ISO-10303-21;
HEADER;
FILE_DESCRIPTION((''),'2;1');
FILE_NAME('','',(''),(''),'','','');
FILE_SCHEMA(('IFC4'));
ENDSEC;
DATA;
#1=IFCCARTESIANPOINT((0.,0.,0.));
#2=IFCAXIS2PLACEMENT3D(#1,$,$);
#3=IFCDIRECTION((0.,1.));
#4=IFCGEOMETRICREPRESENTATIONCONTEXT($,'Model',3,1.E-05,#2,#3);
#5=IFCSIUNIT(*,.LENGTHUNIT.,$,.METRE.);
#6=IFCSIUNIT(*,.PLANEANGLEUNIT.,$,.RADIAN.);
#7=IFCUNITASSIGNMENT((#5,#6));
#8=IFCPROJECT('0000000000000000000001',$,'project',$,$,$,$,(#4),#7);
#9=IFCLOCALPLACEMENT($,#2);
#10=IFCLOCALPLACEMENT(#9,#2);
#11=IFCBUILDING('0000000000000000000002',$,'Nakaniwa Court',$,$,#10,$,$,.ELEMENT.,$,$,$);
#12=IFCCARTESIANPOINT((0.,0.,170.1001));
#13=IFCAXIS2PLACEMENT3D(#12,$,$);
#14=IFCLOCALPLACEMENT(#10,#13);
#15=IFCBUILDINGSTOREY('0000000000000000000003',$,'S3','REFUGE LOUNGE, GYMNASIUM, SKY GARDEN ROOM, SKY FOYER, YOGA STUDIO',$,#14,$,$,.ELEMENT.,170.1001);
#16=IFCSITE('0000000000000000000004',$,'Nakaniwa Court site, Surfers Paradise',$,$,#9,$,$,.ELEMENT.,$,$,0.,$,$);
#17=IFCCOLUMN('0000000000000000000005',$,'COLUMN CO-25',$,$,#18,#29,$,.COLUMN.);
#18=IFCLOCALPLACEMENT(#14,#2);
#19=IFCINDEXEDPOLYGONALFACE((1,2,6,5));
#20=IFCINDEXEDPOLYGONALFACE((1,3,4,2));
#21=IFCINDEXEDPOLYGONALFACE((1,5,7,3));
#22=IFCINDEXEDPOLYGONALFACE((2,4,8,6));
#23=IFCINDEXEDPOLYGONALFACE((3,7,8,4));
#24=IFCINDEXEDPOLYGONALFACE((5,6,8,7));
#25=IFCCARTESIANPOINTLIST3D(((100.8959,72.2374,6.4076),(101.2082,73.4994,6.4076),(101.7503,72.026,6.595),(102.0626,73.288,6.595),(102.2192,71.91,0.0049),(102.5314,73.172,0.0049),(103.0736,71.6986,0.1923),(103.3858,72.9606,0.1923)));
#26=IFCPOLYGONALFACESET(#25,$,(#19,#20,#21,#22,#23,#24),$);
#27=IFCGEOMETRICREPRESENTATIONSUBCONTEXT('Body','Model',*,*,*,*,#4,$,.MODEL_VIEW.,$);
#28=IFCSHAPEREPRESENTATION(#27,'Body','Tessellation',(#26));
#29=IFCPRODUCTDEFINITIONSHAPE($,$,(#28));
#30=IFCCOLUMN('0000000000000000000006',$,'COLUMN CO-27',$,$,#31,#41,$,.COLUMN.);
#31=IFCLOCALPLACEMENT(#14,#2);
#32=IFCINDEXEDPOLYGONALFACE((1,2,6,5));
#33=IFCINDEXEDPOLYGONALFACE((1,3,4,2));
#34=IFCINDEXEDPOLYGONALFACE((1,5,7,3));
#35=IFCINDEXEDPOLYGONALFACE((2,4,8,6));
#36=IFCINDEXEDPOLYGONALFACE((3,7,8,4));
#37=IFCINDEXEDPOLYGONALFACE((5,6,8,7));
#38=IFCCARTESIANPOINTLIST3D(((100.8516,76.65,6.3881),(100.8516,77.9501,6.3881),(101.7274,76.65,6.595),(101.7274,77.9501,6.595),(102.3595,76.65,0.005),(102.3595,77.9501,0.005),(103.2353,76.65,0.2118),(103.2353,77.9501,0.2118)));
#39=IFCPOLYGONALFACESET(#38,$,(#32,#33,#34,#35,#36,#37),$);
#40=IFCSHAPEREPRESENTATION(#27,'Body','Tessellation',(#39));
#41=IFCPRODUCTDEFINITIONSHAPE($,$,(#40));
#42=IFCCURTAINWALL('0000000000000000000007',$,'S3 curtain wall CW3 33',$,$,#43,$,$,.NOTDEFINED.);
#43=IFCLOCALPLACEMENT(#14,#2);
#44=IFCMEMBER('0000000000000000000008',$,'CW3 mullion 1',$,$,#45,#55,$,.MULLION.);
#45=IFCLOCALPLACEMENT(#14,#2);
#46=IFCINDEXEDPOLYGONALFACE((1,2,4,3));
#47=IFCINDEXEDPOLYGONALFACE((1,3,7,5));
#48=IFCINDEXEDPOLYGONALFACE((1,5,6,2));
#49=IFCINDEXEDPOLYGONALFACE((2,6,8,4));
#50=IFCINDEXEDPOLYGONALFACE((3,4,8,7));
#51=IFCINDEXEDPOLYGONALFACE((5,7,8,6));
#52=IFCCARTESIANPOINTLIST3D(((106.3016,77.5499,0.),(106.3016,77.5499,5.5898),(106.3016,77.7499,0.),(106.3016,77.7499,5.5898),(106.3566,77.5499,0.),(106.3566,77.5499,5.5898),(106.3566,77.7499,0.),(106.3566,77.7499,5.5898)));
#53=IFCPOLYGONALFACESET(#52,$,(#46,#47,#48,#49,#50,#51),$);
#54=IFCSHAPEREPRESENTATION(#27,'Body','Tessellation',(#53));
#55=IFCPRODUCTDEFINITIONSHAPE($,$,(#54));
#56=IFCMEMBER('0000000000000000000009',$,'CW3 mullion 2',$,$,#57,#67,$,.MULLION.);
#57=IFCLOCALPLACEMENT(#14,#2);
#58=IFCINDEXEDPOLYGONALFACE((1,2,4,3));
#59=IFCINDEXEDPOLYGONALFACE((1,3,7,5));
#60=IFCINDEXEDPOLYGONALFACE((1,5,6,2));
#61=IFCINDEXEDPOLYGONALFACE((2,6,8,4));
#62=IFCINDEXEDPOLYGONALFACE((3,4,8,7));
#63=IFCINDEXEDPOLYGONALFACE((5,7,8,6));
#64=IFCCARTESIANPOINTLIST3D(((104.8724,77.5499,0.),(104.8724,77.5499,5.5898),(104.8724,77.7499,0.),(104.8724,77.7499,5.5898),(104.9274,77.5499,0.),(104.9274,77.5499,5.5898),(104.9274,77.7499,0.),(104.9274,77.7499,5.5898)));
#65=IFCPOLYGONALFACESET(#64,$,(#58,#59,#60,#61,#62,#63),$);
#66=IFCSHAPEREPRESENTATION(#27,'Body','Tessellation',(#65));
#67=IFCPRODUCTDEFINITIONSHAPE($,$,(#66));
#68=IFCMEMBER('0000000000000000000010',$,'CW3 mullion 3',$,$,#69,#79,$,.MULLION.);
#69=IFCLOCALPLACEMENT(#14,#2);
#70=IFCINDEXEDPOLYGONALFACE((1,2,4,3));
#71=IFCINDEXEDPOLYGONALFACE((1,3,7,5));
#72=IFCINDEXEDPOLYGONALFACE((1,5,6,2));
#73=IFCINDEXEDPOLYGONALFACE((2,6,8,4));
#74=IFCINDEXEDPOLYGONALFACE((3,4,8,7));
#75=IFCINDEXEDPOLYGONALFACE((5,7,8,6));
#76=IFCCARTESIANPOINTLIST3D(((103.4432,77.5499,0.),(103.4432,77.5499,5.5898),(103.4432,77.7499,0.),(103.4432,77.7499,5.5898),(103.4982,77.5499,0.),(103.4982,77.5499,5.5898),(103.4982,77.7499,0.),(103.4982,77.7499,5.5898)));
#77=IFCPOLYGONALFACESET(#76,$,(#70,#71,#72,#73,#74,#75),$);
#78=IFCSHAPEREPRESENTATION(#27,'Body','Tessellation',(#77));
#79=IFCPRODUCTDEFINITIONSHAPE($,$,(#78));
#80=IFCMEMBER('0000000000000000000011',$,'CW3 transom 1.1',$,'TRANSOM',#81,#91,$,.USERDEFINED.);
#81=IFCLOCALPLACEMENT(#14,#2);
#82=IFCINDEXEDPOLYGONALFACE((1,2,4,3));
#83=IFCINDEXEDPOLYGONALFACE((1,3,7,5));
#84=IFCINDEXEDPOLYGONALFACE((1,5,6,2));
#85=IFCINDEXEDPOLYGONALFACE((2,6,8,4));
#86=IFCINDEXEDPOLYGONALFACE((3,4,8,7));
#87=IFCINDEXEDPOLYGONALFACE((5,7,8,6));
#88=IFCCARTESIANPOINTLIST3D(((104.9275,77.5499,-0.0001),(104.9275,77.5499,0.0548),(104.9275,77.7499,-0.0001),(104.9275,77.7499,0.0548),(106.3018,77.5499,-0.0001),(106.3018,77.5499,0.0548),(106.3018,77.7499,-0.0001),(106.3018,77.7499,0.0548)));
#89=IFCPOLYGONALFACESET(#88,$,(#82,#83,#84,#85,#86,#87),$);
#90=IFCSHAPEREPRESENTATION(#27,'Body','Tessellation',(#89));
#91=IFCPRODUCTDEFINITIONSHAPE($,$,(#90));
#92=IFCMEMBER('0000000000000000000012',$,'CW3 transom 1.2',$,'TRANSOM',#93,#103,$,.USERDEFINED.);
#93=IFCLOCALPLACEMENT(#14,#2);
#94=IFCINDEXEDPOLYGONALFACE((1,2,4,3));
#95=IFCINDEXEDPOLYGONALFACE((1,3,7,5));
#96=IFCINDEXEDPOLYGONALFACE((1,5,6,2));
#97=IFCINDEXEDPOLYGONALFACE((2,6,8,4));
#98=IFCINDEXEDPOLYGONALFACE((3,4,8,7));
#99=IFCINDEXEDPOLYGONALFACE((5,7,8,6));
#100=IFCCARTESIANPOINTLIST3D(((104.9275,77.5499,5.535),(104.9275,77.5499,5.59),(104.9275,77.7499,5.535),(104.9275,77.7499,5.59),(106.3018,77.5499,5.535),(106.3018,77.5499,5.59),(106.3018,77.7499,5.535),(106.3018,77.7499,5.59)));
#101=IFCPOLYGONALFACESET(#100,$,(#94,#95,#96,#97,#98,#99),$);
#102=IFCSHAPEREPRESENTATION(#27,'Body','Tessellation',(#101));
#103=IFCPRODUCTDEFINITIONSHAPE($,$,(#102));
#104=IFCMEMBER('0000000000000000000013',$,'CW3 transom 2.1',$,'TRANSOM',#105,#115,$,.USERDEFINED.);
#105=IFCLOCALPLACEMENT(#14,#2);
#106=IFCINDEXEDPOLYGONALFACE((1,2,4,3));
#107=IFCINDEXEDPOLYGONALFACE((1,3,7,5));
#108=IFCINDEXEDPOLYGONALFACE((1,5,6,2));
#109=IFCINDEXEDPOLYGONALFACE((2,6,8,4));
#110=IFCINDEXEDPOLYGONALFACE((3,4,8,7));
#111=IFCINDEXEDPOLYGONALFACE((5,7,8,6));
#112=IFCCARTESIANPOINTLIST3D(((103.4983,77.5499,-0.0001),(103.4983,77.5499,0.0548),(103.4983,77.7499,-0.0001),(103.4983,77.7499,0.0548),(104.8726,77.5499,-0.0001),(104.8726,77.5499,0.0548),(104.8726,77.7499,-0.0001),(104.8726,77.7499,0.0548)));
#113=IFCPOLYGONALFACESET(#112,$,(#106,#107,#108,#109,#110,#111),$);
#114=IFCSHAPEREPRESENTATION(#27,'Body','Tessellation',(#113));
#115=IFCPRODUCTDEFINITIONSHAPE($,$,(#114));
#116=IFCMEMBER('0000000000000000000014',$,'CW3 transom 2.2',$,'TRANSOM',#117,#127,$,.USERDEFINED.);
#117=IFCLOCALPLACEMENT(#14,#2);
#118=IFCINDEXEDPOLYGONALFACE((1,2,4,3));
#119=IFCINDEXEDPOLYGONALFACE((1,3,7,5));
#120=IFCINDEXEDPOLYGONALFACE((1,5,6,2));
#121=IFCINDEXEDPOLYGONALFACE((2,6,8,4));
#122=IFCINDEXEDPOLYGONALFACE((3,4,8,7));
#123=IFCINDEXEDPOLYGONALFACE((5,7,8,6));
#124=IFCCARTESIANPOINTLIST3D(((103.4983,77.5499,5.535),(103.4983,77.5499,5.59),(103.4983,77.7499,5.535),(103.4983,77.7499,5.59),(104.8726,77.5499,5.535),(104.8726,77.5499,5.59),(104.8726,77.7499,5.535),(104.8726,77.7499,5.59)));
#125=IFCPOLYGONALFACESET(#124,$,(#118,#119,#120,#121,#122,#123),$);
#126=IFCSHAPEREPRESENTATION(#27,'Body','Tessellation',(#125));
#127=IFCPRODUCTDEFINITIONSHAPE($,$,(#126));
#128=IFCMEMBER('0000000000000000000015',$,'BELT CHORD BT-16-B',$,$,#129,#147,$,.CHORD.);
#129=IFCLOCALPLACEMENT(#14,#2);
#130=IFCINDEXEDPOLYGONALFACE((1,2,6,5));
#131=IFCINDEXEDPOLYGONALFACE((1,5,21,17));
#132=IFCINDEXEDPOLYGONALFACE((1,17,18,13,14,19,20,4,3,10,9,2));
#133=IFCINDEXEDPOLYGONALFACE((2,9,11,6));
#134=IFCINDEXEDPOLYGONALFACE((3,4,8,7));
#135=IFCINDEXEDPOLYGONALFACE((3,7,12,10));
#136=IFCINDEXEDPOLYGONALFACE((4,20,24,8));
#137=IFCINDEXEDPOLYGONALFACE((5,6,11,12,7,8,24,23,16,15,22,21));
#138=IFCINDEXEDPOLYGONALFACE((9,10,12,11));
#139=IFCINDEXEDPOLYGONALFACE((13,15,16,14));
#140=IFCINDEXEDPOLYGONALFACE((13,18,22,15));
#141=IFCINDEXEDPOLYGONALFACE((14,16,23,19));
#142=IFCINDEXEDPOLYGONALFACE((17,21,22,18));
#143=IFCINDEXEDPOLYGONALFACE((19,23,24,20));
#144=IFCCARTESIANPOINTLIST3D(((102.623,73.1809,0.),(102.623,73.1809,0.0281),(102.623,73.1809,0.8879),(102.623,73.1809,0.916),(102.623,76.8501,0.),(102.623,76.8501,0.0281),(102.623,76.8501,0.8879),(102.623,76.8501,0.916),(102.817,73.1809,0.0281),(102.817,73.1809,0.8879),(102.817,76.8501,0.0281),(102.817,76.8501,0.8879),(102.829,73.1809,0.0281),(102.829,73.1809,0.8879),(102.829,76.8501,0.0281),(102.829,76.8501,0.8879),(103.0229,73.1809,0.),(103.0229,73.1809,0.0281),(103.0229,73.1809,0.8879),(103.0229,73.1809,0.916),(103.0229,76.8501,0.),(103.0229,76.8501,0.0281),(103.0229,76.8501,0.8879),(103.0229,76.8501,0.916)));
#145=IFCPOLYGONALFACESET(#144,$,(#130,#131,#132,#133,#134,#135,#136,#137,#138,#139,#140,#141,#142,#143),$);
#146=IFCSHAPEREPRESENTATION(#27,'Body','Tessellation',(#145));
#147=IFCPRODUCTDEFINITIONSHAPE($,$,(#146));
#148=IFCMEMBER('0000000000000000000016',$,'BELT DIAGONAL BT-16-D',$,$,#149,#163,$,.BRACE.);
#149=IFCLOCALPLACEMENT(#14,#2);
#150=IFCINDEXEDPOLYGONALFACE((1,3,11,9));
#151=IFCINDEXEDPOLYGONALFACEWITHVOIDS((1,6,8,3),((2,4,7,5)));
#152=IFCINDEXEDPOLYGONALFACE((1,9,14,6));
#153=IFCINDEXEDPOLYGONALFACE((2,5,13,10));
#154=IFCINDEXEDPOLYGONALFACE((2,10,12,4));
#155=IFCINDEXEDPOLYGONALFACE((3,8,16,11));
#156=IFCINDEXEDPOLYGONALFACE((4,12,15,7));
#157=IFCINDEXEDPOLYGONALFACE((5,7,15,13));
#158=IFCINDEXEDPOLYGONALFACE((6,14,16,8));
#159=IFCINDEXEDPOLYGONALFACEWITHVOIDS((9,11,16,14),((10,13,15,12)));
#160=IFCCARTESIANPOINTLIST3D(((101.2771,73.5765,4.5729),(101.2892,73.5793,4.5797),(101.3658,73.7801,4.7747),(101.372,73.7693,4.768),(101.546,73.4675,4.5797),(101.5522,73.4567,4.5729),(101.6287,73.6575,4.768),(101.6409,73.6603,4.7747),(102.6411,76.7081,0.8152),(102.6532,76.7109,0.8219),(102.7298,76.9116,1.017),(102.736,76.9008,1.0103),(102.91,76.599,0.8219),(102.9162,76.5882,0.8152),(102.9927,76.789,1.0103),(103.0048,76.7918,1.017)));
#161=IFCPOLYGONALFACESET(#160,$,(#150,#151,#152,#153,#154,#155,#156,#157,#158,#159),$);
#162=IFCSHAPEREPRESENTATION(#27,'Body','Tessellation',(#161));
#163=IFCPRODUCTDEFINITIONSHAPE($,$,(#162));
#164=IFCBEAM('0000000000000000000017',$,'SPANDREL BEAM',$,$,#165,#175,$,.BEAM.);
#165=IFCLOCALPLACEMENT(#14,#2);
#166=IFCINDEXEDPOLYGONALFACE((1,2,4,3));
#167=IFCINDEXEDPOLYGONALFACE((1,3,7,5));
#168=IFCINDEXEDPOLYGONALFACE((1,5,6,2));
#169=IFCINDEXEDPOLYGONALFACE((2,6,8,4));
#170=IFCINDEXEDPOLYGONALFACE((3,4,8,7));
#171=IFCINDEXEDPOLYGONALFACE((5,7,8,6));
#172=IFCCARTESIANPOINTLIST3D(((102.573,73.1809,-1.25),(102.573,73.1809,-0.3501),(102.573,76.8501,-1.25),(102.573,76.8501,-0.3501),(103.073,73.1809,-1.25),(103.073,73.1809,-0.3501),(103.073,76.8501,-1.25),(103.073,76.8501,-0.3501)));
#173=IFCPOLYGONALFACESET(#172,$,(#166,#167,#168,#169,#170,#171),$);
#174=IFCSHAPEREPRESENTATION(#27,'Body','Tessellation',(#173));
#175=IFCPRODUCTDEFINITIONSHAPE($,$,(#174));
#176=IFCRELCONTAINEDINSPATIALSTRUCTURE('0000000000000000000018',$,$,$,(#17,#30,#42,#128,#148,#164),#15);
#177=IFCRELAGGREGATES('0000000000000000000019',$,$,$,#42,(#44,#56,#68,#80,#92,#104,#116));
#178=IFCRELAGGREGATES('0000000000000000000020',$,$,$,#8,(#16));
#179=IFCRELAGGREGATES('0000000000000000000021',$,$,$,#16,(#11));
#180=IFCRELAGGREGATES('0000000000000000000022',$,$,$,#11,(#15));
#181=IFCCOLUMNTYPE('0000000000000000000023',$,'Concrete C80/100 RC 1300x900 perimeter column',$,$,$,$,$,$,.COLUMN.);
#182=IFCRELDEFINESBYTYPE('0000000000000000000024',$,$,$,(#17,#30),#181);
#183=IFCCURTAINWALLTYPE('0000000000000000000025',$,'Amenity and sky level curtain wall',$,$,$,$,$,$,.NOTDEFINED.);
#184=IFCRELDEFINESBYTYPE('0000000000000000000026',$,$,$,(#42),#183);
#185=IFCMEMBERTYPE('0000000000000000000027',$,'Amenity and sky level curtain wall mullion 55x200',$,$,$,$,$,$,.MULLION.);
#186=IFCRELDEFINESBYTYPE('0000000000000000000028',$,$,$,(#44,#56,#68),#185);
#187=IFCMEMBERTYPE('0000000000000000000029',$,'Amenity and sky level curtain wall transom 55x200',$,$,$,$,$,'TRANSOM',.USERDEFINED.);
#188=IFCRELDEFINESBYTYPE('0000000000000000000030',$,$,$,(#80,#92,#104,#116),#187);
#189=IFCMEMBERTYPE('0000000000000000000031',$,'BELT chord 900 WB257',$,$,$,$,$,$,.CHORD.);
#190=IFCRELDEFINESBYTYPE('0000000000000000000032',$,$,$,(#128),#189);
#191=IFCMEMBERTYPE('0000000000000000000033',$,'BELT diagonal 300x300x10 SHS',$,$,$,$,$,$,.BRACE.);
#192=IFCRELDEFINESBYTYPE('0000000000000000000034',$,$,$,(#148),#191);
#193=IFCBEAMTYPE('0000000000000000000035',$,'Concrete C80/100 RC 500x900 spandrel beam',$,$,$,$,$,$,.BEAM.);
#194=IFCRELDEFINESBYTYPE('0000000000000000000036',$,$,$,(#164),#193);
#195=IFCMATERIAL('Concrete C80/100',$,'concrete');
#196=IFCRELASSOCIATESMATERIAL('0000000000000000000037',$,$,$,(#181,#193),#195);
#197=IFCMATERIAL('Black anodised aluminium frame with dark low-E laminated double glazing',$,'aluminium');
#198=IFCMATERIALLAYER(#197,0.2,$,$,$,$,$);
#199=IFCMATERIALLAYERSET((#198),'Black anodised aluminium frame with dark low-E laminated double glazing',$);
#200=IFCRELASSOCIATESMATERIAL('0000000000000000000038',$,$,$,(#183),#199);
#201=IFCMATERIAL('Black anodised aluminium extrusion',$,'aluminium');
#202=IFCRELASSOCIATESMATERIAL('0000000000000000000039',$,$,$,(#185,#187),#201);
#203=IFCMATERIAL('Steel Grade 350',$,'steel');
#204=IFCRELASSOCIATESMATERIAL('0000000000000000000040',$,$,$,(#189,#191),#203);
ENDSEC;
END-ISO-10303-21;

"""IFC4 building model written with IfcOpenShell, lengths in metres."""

from ifc_helpers import new_model, si_unit, direction, frame, origin, origin_2d, place, context, subcontext, project, spatial, rectangle, hollow_rectangle, i_section, extrude, material, layer, layer_set, material_profile, profile_set, type_object, element, aggregate, save


model = new_model("IFC4")

# Units and contexts
model_context = context("Model", 3, precision=1e-05, world=origin(), true_north=direction((0.0, 1.0)))
body_context = subcontext(model_context, "Body", "Model", "MODEL_VIEW")
ifc_project = project(units=[si_unit("LENGTHUNIT", "METRE"), si_unit("PLANEANGLEUNIT", "RADIAN")], contexts=[model_context])

# Site, building, storey
site_placement = place(None, origin())
site = spatial("IfcSite", under=ifc_project, at=site_placement, Name="Nakaniwa Court site, Surfers Paradise", CompositionType="ELEMENT", RefElevation=0.0)
building_placement = place(site_placement, origin())
building = spatial("IfcBuilding", under=site, at=building_placement, Name="Nakaniwa Court", CompositionType="ELEMENT")
storey_placement = place(building_placement, frame((0.0, 0.0, 170.1001)))
storey = spatial("IfcBuildingStorey", under=building, at=storey_placement, Name="S3", Description="REFUGE LOUNGE, GYMNASIUM, SKY GARDEN ROOM, SKY FOYER, YOGA STUDIO", CompositionType="ELEMENT", Elevation=170.1001)

# Columns
ifc_material_1 = material(Name="Concrete C80/100", Category="concrete")
ifc_material_profile_1 = material_profile(ifc_material_1, rectangle(XDim=1.3, YDim=0.8999, at=origin_2d()), Name="Concrete C80/100 RC 1300x900 perimeter column")
ifc_profile_set_1 = profile_set([ifc_material_profile_1], Name="Concrete C80/100")
column_type = type_object("IfcColumnType", Name="Concrete C80/100 RC 1300x900 perimeter column", PredefinedType="COLUMN", material=ifc_profile_set_1)
column_1_placement = place(storey_placement, frame((102.8025, 72.4353, 0.0986), z_axis=(-0.202142, 0.050013, 0.978078), x_axis=(-0.240175, -0.97073, 0.0)))
element("IfcColumn", 1, at=column_1_placement, inside=storey, type_object=column_type, Name="COLUMN CO-25", PredefinedType="COLUMN", context=body_context, shape_type="SweptSolid", body=[
    extrude(rectangle(XDim=1.3, YDim=0.8999, at=origin_2d()), origin(), (0.0, 0.0, 1.0), 6.5461),
])
column_2_placement = place(storey_placement, frame((102.7974, 77.3, 0.1084), z_axis=(-0.229894, 0.0, 0.973216), x_axis=(0.0, -1.0, 0.0)))
element("IfcColumn", 2, at=column_2_placement, inside=storey, type_object=column_type, Name="COLUMN CO-27", PredefinedType="COLUMN", context=body_context, shape_type="SweptSolid", body=[
    extrude(rectangle(XDim=1.3, YDim=0.8999, at=origin_2d()), origin(), (0.0, 0.0, 1.0), 6.5588),
])

# Curtain wall, members
ifc_material_2 = material(Name="Black anodised aluminium frame with dark low-E laminated double glazing", Category="aluminium")
ifc_layer_1 = layer(ifc_material_2, 0.2)
ifc_layer_set_1 = layer_set([ifc_layer_1], Name="Black anodised aluminium frame with dark low-E laminated double glazing")
curtain_wall_type = type_object("IfcCurtainWallType", Name="Amenity and sky level curtain wall", PredefinedType="NOTDEFINED", material=ifc_layer_set_1)
curtain_wall_placement = place(storey_placement, origin())
curtain_wall = element("IfcCurtainWall", 3, at=curtain_wall_placement, inside=storey, type_object=curtain_wall_type, Name="S3 curtain wall CW3 33", PredefinedType="NOTDEFINED")
ifc_material_3 = material(Name="Black anodised aluminium extrusion", Category="aluminium")
ifc_material_profile_2 = material_profile(ifc_material_3, rectangle(XDim=0.2, YDim=0.0549, at=origin_2d()), Name="Amenity and sky level curtain wall mullion 55x200")
ifc_profile_set_2 = profile_set([ifc_material_profile_2], Name="Black anodised aluminium extrusion")
member_type_1 = type_object("IfcMemberType", Name="Amenity and sky level curtain wall mullion 55x200", PredefinedType="MULLION", material=ifc_profile_set_2)
member_1_placement = place(storey_placement, frame((106.3291, 77.6499, 0.0), z_axis=(0.0, 0.0, 1.0), x_axis=(0.0, -1.0, 0.0)))
member_1 = element("IfcMember", 4, at=member_1_placement, type_object=member_type_1, Name="CW3 mullion 1", PredefinedType="MULLION", context=body_context, shape_type="SweptSolid", body=[
    extrude(rectangle(XDim=0.2, YDim=0.0549, at=origin_2d()), origin(), (0.0, 0.0, 1.0), 5.5898),
])
member_2_placement = place(storey_placement, frame((104.8999, 77.6499, 0.0), z_axis=(0.0, 0.0, 1.0), x_axis=(0.0, -1.0, 0.0)))
member_2 = element("IfcMember", 5, at=member_2_placement, type_object=member_type_1, Name="CW3 mullion 2", PredefinedType="MULLION", context=body_context, shape_type="SweptSolid", body=[
    extrude(rectangle(XDim=0.2, YDim=0.0549, at=origin_2d()), origin(), (0.0, 0.0, 1.0), 5.5898),
])
member_3_placement = place(storey_placement, frame((103.4707, 77.6499, 0.0), z_axis=(0.0, 0.0, 1.0), x_axis=(0.0, -1.0, 0.0)))
member_3 = element("IfcMember", 6, at=member_3_placement, type_object=member_type_1, Name="CW3 mullion 3", PredefinedType="MULLION", context=body_context, shape_type="SweptSolid", body=[
    extrude(rectangle(XDim=0.2, YDim=0.0549, at=origin_2d()), origin(), (0.0, 0.0, 1.0), 5.5898),
])
ifc_material_profile_3 = material_profile(ifc_material_3, rectangle(XDim=0.2, YDim=0.0549, at=origin_2d()), Name="Amenity and sky level curtain wall transom 55x200")
ifc_profile_set_3 = profile_set([ifc_material_profile_3], Name="Black anodised aluminium extrusion")
member_type_2 = type_object("IfcMemberType", Name="Amenity and sky level curtain wall transom 55x200", ElementType="TRANSOM", PredefinedType="USERDEFINED", material=ifc_profile_set_3)
member_4_placement = place(storey_placement, frame((106.3018, 77.6499, 0.0273), z_axis=(-1.0, 0.0, 0.0), x_axis=(0.0, -1.0, 0.0)))
member_4 = element("IfcMember", 7, at=member_4_placement, type_object=member_type_2, Name="CW3 transom 1.1", ObjectType="TRANSOM", PredefinedType="USERDEFINED", context=body_context, shape_type="SweptSolid", body=[
    extrude(rectangle(XDim=0.2, YDim=0.0549, at=origin_2d()), origin(), (0.0, 0.0, 1.0), 1.3743),
])
member_5_placement = place(storey_placement, frame((106.3018, 77.6499, 5.5625), z_axis=(-1.0, 0.0, 0.0), x_axis=(0.0, -1.0, 0.0)))
member_5 = element("IfcMember", 8, at=member_5_placement, type_object=member_type_2, Name="CW3 transom 1.2", ObjectType="TRANSOM", PredefinedType="USERDEFINED", context=body_context, shape_type="SweptSolid", body=[
    extrude(rectangle(XDim=0.2, YDim=0.0549, at=origin_2d()), origin(), (0.0, 0.0, 1.0), 1.3743),
])
member_6_placement = place(storey_placement, frame((104.8726, 77.6499, 0.0273), z_axis=(-1.0, 0.0, 0.0), x_axis=(0.0, -1.0, 0.0)))
member_6 = element("IfcMember", 9, at=member_6_placement, type_object=member_type_2, Name="CW3 transom 2.1", ObjectType="TRANSOM", PredefinedType="USERDEFINED", context=body_context, shape_type="SweptSolid", body=[
    extrude(rectangle(XDim=0.2, YDim=0.0549, at=origin_2d()), origin(), (0.0, 0.0, 1.0), 1.3743),
])
member_7_placement = place(storey_placement, frame((104.8726, 77.6499, 5.5625), z_axis=(-1.0, 0.0, 0.0), x_axis=(0.0, -1.0, 0.0)))
member_7 = element("IfcMember", 10, at=member_7_placement, type_object=member_type_2, Name="CW3 transom 2.2", ObjectType="TRANSOM", PredefinedType="USERDEFINED", context=body_context, shape_type="SweptSolid", body=[
    extrude(rectangle(XDim=0.2, YDim=0.0549, at=origin_2d()), origin(), (0.0, 0.0, 1.0), 1.3743),
])

# Members
ifc_material_4 = material(Name="Steel Grade 350", Category="steel")
ifc_material_profile_4 = material_profile(ifc_material_4, i_section(OverallWidth=0.3999, OverallDepth=0.916, WebThickness=0.012, FlangeThickness=0.0281, at=origin_2d()), Name="900WB257")
ifc_profile_set_4 = profile_set([ifc_material_profile_4], Name="Steel Grade 350")
member_type_3 = type_object("IfcMemberType", Name="BELT chord 900 WB257", PredefinedType="CHORD", material=ifc_profile_set_4)
member_8_placement = place(storey_placement, frame((102.823, 73.1809, 0.458), z_axis=(0.0, 1.0, 0.0), x_axis=(-1.0, 0.0, 0.0)))
element("IfcMember", 11, at=member_8_placement, inside=storey, type_object=member_type_3, Name="BELT CHORD BT-16-B", PredefinedType="CHORD", context=body_context, shape_type="SweptSolid", body=[
    extrude(i_section(OverallWidth=0.3999, OverallDepth=0.916, WebThickness=0.012, FlangeThickness=0.0281, at=origin_2d()), origin(), (0.0, 0.0, 1.0), 3.6692),
])
ifc_material_profile_5 = material_profile(ifc_material_4, hollow_rectangle(XDim=0.3, YDim=0.3, WallThickness=0.01, at=origin_2d()), Name="BELT diagonal 300x300x10 SHS")
ifc_profile_set_5 = profile_set([ifc_material_profile_5], Name="Steel Grade 350")
member_type_4 = type_object("IfcMemberType", Name="BELT diagonal 300x300x10 SHS", PredefinedType="BRACE", material=ifc_profile_set_5)
member_9_placement = place(storey_placement, frame((101.459, 73.6184, 4.6738), z_axis=(0.2686, 0.616668, -0.739983), x_axis=(-0.916807, 0.39933, 0.0)))
element("IfcMember", 12, at=member_9_placement, inside=storey, type_object=member_type_4, Name="BELT DIAGONAL BT-16-D", PredefinedType="BRACE", context=body_context, shape_type="SweptSolid", body=[
    extrude(hollow_rectangle(XDim=0.3, YDim=0.3, WallThickness=0.01, at=origin_2d()), origin(), (0.0, 0.0, 1.0), 5.0781),
])

# Beam
ifc_material_profile_6 = material_profile(ifc_material_1, rectangle(XDim=0.5, YDim=0.8999, at=origin_2d()), Name="Concrete C80/100 RC 500x900 spandrel beam")
ifc_profile_set_6 = profile_set([ifc_material_profile_6], Name="Concrete C80/100")
beam_type = type_object("IfcBeamType", Name="Concrete C80/100 RC 500x900 spandrel beam", PredefinedType="BEAM", material=ifc_profile_set_6)
beam_1_placement = place(storey_placement, frame((102.823, 73.1809, -0.8), z_axis=(0.0, 1.0, 0.0), x_axis=(-1.0, 0.0, 0.0)))
element("IfcBeam", 13, at=beam_1_placement, inside=storey, type_object=beam_type, Name="SPANDREL BEAM", PredefinedType="BEAM", context=body_context, shape_type="SweptSolid", body=[
    extrude(rectangle(XDim=0.5, YDim=0.8999, at=origin_2d()), origin(), (0.0, 0.0, 1.0), 3.6692),
])

aggregate(curtain_wall, [member_1, member_2, member_3, member_4, member_5, member_6, member_7])

save(model, "model.ifc")
